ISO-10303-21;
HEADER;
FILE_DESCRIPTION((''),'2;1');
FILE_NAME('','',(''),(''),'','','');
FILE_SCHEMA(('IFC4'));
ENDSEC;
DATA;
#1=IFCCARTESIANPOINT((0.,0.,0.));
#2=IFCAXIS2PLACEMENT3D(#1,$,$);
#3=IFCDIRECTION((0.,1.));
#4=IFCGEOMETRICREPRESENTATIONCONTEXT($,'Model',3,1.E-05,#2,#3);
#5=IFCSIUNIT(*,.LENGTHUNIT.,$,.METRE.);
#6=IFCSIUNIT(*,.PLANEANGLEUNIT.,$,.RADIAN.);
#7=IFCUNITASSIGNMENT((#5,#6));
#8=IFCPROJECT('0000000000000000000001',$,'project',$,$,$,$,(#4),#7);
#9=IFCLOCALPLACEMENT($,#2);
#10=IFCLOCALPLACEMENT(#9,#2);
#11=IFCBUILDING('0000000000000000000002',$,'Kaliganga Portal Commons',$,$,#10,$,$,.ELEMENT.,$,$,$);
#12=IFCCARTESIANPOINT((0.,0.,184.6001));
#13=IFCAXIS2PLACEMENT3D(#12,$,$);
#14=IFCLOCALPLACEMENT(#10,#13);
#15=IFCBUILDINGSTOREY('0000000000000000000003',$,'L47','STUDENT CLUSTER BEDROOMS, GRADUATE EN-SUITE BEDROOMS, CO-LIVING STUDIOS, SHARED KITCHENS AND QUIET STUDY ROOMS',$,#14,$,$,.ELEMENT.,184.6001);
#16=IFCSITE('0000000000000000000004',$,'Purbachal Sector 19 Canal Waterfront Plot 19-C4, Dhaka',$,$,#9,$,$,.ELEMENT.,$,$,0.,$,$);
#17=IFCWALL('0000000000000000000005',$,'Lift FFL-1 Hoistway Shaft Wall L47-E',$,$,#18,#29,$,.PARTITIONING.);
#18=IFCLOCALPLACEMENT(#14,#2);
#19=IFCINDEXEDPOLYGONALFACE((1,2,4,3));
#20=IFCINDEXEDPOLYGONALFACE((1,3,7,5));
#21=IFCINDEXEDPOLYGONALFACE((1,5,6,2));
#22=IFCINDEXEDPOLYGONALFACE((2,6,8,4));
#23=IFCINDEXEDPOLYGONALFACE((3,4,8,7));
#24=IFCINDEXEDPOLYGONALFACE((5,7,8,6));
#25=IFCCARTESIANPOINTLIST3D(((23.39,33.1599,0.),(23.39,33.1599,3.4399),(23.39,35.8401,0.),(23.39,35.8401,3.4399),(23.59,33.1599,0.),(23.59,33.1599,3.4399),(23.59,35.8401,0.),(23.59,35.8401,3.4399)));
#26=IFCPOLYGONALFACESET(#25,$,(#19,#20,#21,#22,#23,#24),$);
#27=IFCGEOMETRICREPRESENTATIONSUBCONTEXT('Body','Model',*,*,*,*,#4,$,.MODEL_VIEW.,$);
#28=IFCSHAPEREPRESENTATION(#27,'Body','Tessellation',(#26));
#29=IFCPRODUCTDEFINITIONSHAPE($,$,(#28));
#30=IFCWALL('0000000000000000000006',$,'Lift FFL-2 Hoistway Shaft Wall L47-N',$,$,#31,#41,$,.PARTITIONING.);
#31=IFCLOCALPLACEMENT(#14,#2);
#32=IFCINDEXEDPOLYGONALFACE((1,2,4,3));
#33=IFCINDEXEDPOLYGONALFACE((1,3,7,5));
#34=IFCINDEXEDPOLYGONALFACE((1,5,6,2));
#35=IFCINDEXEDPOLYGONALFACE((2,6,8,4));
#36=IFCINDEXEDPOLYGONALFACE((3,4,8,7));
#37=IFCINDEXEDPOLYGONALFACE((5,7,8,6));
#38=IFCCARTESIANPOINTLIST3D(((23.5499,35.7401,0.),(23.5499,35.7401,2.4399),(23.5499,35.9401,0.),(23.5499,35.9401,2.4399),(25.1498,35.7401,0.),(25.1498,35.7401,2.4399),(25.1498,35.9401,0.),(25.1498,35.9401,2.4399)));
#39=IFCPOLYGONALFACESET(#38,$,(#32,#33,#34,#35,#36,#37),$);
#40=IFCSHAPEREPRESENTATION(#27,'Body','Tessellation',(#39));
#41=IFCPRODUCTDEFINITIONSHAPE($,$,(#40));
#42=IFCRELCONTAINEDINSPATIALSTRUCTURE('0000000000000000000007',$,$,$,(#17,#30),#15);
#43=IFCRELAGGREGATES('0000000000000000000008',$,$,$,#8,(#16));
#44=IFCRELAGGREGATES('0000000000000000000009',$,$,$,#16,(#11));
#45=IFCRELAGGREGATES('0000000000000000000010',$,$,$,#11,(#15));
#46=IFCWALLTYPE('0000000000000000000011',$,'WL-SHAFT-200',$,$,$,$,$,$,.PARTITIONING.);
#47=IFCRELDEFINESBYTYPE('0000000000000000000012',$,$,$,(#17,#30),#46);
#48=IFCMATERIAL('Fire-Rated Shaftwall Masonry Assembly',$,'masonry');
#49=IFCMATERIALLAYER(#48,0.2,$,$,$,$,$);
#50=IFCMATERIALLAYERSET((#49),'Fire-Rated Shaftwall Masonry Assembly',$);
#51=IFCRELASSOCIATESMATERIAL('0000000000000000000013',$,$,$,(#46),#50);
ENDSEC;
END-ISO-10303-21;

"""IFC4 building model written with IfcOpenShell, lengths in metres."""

from ifc_helpers import new_model, si_unit, direction, frame, frame_2d, origin, place, context, subcontext, project, spatial, rectangle, extrude, material, layer, layer_set, type_object, element, save


model = new_model("IFC4")

# Units and contexts
model_context = context("Model", 3, precision=1e-05, world=origin(), true_north=direction((0.0, 1.0)))
body_context = subcontext(model_context, "Body", "Model", "MODEL_VIEW")
ifc_project = project(units=[si_unit("LENGTHUNIT", "METRE"), si_unit("PLANEANGLEUNIT", "RADIAN")], contexts=[model_context])

# Site, building, storey
site_placement = place(None, origin())
site = spatial("IfcSite", under=ifc_project, at=site_placement, Name="Purbachal Sector 19 Canal Waterfront Plot 19-C4, Dhaka", CompositionType="ELEMENT", RefElevation=0.0)
building_placement = place(site_placement, origin())
building = spatial("IfcBuilding", under=site, at=building_placement, Name="Kaliganga Portal Commons", CompositionType="ELEMENT")
storey_placement = place(building_placement, frame((0.0, 0.0, 184.6001)))
storey = spatial("IfcBuildingStorey", under=building, at=storey_placement, Name="L47", Description="STUDENT CLUSTER BEDROOMS, GRADUATE EN-SUITE BEDROOMS, CO-LIVING STUDIOS, SHARED KITCHENS AND QUIET STUDY ROOMS", CompositionType="ELEMENT", Elevation=184.6001)

# Shared definitions
ifc_material_1 = material(Name="Fire-Rated Shaftwall Masonry Assembly", Category="masonry")
ifc_layer_1 = layer(ifc_material_1, 0.2)
ifc_layer_set_1 = layer_set([ifc_layer_1], Name="Fire-Rated Shaftwall Masonry Assembly")
wall_type_1 = type_object("IfcWallType", Name="WL-SHAFT-200", PredefinedType="PARTITIONING", material=ifc_layer_set_1)

# Wall
for number, where, z_axis, x_axis, name in (
    (1, (23.49, 33.1599, 0.0), (0.0, 0.0, 1.0), (0.0, 1.0, 0.0), "Lift FFL-1 Hoistway Shaft Wall L47-E"),
):
    element("IfcWall", number, at=place(storey_placement, frame(where, z_axis=z_axis, x_axis=x_axis)), inside=storey, type_object=wall_type_1, Name=name, PredefinedType="PARTITIONING", context=body_context, shape_type="SweptSolid", body=[
        extrude(rectangle(XDim=2.6802, YDim=0.2, at=frame_2d((1.3401, 0.0))), origin(), (0.0, 0.0, 1.0), 3.4399),
    ])

# Wall
wall_1_placement = place(storey_placement, frame((23.55, 35.8401, 0.0), z_axis=(0.0, 0.0, 1.0), x_axis=(1.0, 0.0, 0.0)))
element("IfcWall", 2, at=wall_1_placement, inside=storey, type_object=wall_type_1, Name="Lift FFL-2 Hoistway Shaft Wall L47-N", PredefinedType="PARTITIONING", context=body_context, shape_type="SweptSolid", body=[
    extrude(rectangle(XDim=1.5999, YDim=0.2, at=frame_2d((0.7998, 0.0))), origin(), (0.0, 0.0, 1.0), 2.4399),
])

save(model, "model.ifc")
